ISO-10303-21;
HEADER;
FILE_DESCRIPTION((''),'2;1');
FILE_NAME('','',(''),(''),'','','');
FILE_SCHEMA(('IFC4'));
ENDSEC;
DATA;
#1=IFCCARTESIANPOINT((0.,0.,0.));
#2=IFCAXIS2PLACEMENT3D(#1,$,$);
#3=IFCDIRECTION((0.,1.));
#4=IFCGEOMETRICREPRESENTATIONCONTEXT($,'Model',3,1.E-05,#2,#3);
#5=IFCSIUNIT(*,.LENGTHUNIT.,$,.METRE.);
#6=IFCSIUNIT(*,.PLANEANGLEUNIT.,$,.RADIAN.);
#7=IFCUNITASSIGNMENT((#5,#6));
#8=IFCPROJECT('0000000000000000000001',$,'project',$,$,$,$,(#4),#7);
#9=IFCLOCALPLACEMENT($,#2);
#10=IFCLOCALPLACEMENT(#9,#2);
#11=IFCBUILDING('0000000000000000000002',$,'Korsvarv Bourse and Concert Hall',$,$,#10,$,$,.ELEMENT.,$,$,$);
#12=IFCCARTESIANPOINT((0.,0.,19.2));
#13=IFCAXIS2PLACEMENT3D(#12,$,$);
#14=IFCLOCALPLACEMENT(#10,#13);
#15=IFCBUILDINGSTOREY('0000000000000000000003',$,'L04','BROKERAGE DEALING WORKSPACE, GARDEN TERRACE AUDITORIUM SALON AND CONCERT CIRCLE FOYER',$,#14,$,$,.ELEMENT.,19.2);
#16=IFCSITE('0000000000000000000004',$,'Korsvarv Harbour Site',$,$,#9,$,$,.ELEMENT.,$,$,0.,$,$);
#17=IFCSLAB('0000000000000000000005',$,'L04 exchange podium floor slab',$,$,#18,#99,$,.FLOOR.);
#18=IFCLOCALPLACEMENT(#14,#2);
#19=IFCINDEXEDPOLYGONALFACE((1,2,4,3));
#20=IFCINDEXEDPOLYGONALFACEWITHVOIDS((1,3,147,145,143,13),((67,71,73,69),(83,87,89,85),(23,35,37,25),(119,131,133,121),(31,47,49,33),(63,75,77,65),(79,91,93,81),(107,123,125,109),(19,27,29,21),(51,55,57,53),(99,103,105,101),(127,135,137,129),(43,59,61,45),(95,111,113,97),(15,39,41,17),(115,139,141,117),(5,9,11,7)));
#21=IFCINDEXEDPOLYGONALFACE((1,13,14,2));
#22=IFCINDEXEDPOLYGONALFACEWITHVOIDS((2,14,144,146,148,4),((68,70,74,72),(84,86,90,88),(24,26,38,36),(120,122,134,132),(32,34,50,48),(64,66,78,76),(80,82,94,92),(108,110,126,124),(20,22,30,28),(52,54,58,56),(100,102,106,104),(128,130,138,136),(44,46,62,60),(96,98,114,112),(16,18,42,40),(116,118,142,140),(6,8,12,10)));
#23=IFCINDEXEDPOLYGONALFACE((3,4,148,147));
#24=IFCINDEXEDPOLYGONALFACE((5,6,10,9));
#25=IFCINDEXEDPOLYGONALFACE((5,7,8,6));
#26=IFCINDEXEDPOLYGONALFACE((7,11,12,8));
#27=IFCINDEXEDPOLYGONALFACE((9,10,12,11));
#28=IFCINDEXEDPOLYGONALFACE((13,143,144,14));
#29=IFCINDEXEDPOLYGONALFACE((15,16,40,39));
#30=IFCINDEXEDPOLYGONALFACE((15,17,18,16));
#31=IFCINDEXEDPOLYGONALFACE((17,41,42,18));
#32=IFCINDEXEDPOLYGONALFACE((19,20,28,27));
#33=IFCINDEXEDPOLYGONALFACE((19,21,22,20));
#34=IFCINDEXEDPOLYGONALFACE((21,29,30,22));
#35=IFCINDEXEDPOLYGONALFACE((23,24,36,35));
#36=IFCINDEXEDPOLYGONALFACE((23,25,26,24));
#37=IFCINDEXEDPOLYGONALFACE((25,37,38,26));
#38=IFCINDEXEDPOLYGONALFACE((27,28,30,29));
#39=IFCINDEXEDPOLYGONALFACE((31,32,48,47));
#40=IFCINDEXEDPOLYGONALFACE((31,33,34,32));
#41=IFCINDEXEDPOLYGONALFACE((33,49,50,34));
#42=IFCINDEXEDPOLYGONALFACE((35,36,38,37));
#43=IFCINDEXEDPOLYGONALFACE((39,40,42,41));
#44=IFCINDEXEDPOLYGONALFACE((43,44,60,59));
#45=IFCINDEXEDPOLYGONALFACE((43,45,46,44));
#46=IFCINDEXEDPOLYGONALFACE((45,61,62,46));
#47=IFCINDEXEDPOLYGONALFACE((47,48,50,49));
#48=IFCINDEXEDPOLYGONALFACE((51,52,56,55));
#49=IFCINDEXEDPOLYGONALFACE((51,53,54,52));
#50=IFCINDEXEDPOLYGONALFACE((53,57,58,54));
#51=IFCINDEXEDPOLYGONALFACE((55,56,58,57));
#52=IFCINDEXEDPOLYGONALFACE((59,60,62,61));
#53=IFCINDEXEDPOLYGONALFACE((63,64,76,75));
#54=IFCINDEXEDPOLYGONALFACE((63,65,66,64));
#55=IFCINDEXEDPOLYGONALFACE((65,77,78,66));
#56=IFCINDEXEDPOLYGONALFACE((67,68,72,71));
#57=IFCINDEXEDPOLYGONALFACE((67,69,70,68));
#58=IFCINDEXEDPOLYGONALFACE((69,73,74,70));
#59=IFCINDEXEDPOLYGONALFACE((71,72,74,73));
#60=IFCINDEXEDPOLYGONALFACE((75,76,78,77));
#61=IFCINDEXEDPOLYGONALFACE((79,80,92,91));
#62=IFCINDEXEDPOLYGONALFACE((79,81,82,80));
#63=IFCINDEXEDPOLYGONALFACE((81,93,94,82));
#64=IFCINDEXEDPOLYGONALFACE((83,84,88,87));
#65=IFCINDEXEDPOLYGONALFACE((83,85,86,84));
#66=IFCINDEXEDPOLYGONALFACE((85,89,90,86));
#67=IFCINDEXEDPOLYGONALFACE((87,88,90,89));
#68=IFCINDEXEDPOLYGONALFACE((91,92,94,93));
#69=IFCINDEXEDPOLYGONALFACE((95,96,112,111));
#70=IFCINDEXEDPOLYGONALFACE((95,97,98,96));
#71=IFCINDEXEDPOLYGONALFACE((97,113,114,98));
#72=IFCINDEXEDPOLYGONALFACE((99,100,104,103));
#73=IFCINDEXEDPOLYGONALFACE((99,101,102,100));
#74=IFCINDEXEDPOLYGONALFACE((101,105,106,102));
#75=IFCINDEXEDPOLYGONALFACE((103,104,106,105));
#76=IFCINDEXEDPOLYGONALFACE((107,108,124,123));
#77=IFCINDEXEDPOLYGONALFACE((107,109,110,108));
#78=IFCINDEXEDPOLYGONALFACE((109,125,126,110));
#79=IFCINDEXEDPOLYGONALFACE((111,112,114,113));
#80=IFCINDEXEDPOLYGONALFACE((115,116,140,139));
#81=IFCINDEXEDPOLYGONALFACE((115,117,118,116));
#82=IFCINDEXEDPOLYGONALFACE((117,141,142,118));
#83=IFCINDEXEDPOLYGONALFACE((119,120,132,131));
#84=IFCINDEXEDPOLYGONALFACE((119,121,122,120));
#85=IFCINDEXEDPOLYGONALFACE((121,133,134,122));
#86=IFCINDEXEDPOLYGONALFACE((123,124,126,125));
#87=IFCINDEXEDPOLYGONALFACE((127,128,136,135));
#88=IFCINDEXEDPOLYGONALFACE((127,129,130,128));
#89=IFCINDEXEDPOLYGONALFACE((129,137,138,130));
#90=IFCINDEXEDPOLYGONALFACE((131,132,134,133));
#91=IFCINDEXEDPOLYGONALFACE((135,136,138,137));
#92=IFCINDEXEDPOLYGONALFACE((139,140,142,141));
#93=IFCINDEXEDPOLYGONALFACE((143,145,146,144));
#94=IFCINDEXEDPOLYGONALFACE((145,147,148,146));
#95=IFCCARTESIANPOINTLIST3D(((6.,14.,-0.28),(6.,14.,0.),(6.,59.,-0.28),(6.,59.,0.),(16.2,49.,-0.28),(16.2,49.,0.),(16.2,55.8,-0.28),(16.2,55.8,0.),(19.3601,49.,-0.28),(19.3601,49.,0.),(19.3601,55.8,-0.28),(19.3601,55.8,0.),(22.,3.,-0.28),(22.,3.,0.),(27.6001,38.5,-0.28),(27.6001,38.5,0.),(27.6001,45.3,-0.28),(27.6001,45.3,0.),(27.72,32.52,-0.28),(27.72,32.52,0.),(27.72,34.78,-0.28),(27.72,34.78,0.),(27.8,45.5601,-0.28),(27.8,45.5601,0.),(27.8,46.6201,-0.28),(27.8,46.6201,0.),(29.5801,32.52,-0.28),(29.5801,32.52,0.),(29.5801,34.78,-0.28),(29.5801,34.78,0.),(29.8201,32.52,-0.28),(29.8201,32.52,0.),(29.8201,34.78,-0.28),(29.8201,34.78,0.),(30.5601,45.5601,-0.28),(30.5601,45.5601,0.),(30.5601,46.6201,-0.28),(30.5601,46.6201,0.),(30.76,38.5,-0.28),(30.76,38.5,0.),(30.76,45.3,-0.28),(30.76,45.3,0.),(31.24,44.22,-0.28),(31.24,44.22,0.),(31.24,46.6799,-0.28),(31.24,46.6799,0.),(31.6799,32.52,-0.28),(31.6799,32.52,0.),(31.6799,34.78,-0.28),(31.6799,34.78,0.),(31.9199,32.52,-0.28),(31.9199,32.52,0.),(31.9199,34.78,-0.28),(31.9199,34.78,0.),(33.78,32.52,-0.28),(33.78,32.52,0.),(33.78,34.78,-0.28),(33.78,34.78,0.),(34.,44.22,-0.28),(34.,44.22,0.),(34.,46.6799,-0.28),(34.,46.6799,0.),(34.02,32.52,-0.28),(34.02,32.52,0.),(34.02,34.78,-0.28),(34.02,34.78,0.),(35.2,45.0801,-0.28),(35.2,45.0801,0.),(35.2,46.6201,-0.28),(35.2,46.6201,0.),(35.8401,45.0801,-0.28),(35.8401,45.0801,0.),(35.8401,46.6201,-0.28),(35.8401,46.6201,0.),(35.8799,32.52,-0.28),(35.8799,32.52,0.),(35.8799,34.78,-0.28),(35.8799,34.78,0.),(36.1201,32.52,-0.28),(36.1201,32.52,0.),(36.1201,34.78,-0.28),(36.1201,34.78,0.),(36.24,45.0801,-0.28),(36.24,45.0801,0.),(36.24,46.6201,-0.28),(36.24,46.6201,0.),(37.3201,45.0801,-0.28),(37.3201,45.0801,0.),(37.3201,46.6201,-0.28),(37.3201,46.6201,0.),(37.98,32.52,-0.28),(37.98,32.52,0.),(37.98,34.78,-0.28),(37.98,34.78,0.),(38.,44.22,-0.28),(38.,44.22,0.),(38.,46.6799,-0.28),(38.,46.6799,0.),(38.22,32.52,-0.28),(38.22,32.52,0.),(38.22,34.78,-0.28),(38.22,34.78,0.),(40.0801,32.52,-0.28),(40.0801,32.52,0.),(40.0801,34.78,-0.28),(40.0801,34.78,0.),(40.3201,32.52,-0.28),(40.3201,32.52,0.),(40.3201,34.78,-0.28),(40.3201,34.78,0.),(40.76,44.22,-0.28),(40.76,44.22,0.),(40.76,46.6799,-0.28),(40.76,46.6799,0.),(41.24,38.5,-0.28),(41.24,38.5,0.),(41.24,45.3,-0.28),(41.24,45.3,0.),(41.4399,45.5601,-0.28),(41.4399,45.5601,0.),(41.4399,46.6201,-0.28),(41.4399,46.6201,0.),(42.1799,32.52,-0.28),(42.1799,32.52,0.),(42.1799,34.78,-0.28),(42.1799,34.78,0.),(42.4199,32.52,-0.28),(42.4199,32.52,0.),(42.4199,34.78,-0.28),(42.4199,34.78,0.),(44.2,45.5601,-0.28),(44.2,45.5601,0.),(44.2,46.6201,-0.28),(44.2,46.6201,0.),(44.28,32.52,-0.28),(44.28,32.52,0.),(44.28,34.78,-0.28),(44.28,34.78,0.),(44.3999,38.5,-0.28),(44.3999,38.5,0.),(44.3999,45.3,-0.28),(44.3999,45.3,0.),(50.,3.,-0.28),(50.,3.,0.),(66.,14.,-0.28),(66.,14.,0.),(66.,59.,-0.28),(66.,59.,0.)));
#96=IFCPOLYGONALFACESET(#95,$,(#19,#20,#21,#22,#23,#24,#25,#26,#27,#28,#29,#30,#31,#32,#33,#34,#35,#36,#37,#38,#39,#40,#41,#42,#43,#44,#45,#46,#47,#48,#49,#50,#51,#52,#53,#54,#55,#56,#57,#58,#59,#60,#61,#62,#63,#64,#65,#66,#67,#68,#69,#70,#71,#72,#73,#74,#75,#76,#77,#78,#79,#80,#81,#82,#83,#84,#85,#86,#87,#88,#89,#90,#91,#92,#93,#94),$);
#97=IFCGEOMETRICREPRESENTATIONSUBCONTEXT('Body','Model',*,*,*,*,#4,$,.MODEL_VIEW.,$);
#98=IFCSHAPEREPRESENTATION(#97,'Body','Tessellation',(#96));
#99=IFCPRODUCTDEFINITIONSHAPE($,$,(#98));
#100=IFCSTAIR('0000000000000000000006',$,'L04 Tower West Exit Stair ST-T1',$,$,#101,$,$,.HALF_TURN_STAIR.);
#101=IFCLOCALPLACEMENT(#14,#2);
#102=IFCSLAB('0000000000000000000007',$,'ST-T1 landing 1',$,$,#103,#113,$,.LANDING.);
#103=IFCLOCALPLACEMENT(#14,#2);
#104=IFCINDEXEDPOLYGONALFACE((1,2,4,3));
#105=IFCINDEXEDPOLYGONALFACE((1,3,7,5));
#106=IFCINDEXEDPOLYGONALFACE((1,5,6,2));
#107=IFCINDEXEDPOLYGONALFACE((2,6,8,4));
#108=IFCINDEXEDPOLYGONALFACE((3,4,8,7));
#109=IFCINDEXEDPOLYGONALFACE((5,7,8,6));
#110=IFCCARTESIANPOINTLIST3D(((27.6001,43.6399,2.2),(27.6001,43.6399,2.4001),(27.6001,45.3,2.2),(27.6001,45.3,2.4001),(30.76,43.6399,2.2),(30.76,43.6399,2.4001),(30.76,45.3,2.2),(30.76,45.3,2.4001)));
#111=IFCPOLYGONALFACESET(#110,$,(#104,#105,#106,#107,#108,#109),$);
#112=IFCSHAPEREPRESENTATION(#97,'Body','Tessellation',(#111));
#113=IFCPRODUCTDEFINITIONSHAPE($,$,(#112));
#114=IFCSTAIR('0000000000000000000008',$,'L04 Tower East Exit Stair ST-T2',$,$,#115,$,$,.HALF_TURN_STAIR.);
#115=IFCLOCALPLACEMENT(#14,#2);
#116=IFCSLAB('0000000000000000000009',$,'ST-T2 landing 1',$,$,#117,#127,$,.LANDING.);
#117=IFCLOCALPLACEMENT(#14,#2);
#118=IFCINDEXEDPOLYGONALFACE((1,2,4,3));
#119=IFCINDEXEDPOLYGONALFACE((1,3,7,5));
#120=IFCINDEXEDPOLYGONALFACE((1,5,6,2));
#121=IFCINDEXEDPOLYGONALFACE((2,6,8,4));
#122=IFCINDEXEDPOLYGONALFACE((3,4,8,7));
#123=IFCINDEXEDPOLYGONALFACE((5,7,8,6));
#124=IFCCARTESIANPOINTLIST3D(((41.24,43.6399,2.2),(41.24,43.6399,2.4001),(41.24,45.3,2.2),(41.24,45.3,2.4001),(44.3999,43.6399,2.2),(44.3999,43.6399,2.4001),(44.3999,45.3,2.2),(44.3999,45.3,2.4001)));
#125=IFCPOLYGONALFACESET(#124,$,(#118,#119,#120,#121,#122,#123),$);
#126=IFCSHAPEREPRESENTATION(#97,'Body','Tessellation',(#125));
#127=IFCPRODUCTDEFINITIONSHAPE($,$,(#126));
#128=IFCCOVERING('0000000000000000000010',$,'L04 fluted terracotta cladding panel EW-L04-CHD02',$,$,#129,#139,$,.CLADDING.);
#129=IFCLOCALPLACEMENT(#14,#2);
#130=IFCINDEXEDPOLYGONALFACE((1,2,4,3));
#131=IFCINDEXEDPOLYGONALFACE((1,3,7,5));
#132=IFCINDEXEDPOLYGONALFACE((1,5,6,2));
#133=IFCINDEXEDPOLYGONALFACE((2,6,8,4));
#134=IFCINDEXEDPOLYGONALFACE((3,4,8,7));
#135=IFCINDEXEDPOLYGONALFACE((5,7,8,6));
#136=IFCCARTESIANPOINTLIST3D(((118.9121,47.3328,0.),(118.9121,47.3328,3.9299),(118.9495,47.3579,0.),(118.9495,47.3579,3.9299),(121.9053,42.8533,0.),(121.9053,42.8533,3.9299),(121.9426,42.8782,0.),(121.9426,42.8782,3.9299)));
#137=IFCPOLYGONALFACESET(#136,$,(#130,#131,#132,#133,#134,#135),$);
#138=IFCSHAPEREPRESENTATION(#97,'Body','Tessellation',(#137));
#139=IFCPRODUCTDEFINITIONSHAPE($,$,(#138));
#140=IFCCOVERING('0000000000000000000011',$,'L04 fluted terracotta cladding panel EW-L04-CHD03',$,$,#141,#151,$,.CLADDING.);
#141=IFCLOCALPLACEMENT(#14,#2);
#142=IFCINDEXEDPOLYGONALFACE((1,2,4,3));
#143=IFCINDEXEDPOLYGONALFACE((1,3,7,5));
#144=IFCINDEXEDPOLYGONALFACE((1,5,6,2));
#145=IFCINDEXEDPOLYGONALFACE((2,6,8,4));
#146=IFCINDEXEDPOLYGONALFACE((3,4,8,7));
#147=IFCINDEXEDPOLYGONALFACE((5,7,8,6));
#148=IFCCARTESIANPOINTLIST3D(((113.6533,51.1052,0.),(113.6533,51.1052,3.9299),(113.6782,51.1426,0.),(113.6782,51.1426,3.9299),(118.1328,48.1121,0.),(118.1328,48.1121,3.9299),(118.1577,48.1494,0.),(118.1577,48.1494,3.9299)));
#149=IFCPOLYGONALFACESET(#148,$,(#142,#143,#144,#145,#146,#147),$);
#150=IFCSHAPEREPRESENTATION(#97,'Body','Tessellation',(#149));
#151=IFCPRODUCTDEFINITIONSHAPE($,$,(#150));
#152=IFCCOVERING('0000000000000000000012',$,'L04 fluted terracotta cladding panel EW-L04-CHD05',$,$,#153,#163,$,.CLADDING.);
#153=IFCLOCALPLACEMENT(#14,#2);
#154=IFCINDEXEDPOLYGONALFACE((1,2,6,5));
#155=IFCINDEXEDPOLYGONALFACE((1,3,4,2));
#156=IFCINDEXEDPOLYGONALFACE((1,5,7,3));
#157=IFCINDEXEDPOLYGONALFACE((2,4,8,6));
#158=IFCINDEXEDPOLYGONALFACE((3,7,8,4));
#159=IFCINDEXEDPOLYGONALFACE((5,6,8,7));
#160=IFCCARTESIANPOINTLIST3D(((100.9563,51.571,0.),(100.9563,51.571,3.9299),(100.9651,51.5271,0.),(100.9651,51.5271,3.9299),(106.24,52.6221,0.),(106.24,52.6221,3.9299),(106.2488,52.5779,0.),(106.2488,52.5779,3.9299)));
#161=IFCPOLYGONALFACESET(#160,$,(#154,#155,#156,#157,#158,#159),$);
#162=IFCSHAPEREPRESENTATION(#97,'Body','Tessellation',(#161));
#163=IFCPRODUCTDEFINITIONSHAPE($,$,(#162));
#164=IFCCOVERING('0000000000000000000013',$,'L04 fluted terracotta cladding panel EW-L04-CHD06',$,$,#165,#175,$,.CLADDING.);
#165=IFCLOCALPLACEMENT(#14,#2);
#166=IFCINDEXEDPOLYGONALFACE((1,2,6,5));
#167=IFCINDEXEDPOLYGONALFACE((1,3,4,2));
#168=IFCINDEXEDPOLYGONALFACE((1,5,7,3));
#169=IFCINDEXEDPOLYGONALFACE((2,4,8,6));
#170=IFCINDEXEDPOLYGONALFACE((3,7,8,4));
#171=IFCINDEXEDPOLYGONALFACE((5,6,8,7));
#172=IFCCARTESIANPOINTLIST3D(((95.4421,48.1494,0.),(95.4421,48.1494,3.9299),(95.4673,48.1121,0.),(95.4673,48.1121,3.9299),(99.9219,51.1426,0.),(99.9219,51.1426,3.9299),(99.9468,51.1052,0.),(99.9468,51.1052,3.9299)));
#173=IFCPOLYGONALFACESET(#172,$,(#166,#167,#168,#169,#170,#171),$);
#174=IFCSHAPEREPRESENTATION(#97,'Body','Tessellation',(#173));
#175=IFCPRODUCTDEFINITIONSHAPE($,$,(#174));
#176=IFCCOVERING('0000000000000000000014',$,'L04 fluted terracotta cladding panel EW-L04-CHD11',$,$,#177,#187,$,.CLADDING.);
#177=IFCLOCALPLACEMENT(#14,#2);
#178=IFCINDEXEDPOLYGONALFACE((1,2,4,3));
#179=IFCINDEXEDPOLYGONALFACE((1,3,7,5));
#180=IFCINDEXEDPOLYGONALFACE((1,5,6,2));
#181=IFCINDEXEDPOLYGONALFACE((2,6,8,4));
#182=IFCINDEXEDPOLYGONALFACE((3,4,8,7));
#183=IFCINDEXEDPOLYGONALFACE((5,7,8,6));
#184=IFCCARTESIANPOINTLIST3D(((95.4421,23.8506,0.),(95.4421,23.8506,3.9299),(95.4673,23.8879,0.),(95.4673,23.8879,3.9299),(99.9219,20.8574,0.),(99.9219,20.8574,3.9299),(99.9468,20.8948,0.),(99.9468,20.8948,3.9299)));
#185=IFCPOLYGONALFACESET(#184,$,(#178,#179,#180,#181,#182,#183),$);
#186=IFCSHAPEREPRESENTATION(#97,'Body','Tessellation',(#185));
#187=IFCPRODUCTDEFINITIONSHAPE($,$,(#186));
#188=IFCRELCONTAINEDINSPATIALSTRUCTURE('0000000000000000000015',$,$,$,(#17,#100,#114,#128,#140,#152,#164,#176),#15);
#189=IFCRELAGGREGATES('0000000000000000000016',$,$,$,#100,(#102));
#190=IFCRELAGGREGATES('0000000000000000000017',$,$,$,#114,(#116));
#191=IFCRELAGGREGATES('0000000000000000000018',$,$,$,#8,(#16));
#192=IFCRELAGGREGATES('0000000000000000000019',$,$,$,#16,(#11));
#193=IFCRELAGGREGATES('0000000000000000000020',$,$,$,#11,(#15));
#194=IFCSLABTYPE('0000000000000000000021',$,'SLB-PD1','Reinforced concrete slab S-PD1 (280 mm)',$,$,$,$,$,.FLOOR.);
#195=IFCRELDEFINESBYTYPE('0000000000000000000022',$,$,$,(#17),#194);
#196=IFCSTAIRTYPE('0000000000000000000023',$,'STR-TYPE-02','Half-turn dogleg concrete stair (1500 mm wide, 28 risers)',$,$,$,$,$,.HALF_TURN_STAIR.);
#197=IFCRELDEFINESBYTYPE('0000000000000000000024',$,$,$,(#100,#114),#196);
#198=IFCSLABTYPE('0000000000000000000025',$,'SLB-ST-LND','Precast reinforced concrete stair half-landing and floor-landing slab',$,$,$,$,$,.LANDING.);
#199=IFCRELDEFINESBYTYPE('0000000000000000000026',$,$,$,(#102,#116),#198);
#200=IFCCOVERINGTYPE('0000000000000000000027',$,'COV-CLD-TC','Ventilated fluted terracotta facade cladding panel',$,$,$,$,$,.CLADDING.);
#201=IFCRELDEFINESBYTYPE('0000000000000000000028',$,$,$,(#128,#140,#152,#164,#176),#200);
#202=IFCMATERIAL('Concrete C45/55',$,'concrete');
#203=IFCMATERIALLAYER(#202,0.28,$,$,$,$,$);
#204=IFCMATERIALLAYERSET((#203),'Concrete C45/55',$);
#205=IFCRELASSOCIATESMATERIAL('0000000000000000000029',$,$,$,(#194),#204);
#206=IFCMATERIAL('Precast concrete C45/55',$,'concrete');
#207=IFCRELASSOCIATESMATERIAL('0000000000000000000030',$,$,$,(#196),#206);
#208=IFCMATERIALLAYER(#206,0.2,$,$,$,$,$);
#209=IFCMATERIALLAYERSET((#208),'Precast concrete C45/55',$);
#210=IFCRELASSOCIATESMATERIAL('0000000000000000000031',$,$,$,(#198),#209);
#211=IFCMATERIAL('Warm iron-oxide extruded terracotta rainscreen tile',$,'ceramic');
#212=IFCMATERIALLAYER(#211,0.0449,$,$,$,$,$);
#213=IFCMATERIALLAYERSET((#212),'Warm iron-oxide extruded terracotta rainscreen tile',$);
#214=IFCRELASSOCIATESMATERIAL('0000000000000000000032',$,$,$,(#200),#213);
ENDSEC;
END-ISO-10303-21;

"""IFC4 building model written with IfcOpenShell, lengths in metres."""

from ifc_helpers import new_model, si_unit, direction, frame, origin, place, context, subcontext, project, spatial, polyline, outline, extrude, material, layer, layer_set, type_object, element, aggregate, save


model = new_model("IFC4")

# Units and contexts
model_context = context("Model", 3, precision=1e-05, world=origin(), true_north=direction((0.0, 1.0)))
body_context = subcontext(model_context, "Body", "Model", "MODEL_VIEW")
ifc_project = project(units=[si_unit("LENGTHUNIT", "METRE"), si_unit("PLANEANGLEUNIT", "RADIAN")], contexts=[model_context])

# Site, building, storey
site_placement = place(None, origin())
site = spatial("IfcSite", under=ifc_project, at=site_placement, Name="Korsvarv Harbour Site", CompositionType="ELEMENT", RefElevation=0.0)
building_placement = place(site_placement, origin())
building = spatial("IfcBuilding", under=site, at=building_placement, Name="Korsvarv Bourse and Concert Hall", CompositionType="ELEMENT")
storey_placement = place(building_placement, frame((0.0, 0.0, 19.2)))
storey = spatial("IfcBuildingStorey", under=building, at=storey_placement, Name="L04", Description="BROKERAGE DEALING WORKSPACE, GARDEN TERRACE AUDITORIUM SALON AND CONCERT CIRCLE FOYER", CompositionType="ELEMENT", Elevation=19.2)

# Slab
ifc_material_1 = material(Name="Concrete C45/55", Category="concrete")
ifc_material_2 = material(Name="Precast concrete C45/55", Category="concrete")
ifc_layer_1 = layer(ifc_material_1, 0.28)
ifc_layer_set_1 = layer_set([ifc_layer_1], Name="Concrete C45/55")
slab_type_1 = type_object("IfcSlabType", Name="SLB-PD1", Description="Reinforced concrete slab S-PD1 (280 mm)", PredefinedType="FLOOR", material=ifc_layer_set_1)
slab_1_placement = place(storey_placement, frame((0.0, 0.0, -0.28)))
element("IfcSlab", 1, at=slab_1_placement, inside=storey, type_object=slab_type_1, Name="L04 exchange podium floor slab", PredefinedType="FLOOR", context=body_context, shape_type="SweptSolid", body=[
    extrude(outline(polyline([(6.0, 14.0), (22.0, 3.0), (50.0, 3.0), (66.0, 14.0), (66.0, 59.0), (6.0, 59.0), (6.0, 14.0)]), holes=[polyline([(30.76, 38.5), (30.76, 45.3), (27.6001, 45.3), (27.6001, 38.5), (30.76, 38.5)]), polyline([(44.3999, 38.5), (44.3999, 45.3), (41.24, 45.3), (41.24, 38.5), (44.3999, 38.5)]), polyline([(19.3601, 49.0), (19.3601, 55.8), (16.2, 55.8), (16.2, 49.0), (19.3601, 49.0)]), polyline([(31.24, 44.22), (34.0, 44.22), (34.0, 46.6799), (31.24, 46.6799), (31.24, 44.22)]), polyline([(38.0, 44.22), (40.76, 44.22), (40.76, 46.6799), (38.0, 46.6799), (38.0, 44.22)]), polyline([(27.72, 32.52), (29.5801, 32.52), (29.5801, 34.78), (27.72, 34.78), (27.72, 32.52)]), polyline([(29.8201, 32.52), (31.6799, 32.52), (31.6799, 34.78), (29.8201, 34.78), (29.8201, 32.52)]), polyline([(31.9199, 32.52), (33.78, 32.52), (33.78, 34.78), (31.9199, 34.78), (31.9199, 32.52)]), polyline([(34.02, 32.52), (35.8799, 32.52), (35.8799, 34.78), (34.02, 34.78), (34.02, 32.52)]), polyline([(36.1201, 32.52), (37.98, 32.52), (37.98, 34.78), (36.1201, 34.78), (36.1201, 32.52)]), polyline([(38.22, 32.52), (40.0801, 32.52), (40.0801, 34.78), (38.22, 34.78), (38.22, 32.52)]), polyline([(40.3201, 32.52), (42.1799, 32.52), (42.1799, 34.78), (40.3201, 34.78), (40.3201, 32.52)]), polyline([(42.4199, 32.52), (44.28, 32.52), (44.28, 34.78), (42.4199, 34.78), (42.4199, 32.52)]), polyline([(27.8, 45.5601), (30.5601, 45.5601), (30.5601, 46.6201), (27.8, 46.6201), (27.8, 45.5601)]), polyline([(41.4399, 45.5601), (44.2, 45.5601), (44.2, 46.6201), (41.4399, 46.6201), (41.4399, 45.5601)]), polyline([(35.2, 45.0801), (35.8401, 45.0801), (35.8401, 46.6201), (35.2, 46.6201), (35.2, 45.0801)]), polyline([(36.24, 45.0801), (37.3201, 45.0801), (37.3201, 46.6201), (36.24, 46.6201), (36.24, 45.0801)])]), origin(), (0.0, 0.0, 1.0), 0.28),
])

# Stairs, slabs
stair_type = type_object("IfcStairType", Name="STR-TYPE-02", Description="Half-turn dogleg concrete stair (1500 mm wide, 28 risers)", PredefinedType="HALF_TURN_STAIR", material=ifc_material_2)
stair_1_placement = place(storey_placement, origin())
stair_1 = element("IfcStair", 2, at=stair_1_placement, inside=storey, type_object=stair_type, Name="L04 Tower West Exit Stair ST-T1", PredefinedType="HALF_TURN_STAIR")
ifc_layer_2 = layer(ifc_material_2, 0.2)
ifc_layer_set_2 = layer_set([ifc_layer_2], Name="Precast concrete C45/55")
slab_type_2 = type_object("IfcSlabType", Name="SLB-ST-LND", Description="Precast reinforced concrete stair half-landing and floor-landing slab", PredefinedType="LANDING", material=ifc_layer_set_2)
slab_2_placement = place(storey_placement, frame((0.0, 0.0, 2.2)))
slab_2 = element("IfcSlab", 3, at=slab_2_placement, type_object=slab_type_2, Name="ST-T1 landing 1", PredefinedType="LANDING", context=body_context, shape_type="SweptSolid", body=[
    extrude(outline(polyline([(30.76, 43.6399), (30.76, 45.3), (27.6001, 45.3), (27.6001, 43.6399), (30.76, 43.6399)])), origin(), (0.0, 0.0, 1.0), 0.2002),
])
aggregate(stair_1, [slab_2])
stair_2_placement = place(storey_placement, origin())
stair_2 = element("IfcStair", 4, at=stair_2_placement, inside=storey, type_object=stair_type, Name="L04 Tower East Exit Stair ST-T2", PredefinedType="HALF_TURN_STAIR")
slab_3_placement = place(storey_placement, frame((0.0, 0.0, 2.2)))
slab_3 = element("IfcSlab", 5, at=slab_3_placement, type_object=slab_type_2, Name="ST-T2 landing 1", PredefinedType="LANDING", context=body_context, shape_type="SweptSolid", body=[
    extrude(outline(polyline([(44.3999, 43.6399), (44.3999, 45.3), (41.24, 45.3), (41.24, 43.6399), (44.3999, 43.6399)])), origin(), (0.0, 0.0, 1.0), 0.2002),
])
aggregate(stair_2, [slab_3])

# Coverings
ifc_material_3 = material(Name="Warm iron-oxide extruded terracotta rainscreen tile", Category="ceramic")
ifc_layer_3 = layer(ifc_material_3, 0.0449)
ifc_layer_set_3 = layer_set([ifc_layer_3], Name="Warm iron-oxide extruded terracotta rainscreen tile")
covering_type = type_object("IfcCoveringType", Name="COV-CLD-TC", Description="Ventilated fluted terracotta facade cladding panel", PredefinedType="CLADDING", material=ifc_layer_set_3)
covering_1_placement = place(storey_placement, origin())
element("IfcCovering", 6, at=covering_1_placement, inside=storey, type_object=covering_type, Name="L04 fluted terracotta cladding panel EW-L04-CHD02", PredefinedType="CLADDING", context=body_context, shape_type="SweptSolid", body=[
    extrude(outline(polyline([(121.9053, 42.8533), (118.9121, 47.3328), (118.9495, 47.3579), (121.9426, 42.8782), (121.9053, 42.8533)])), origin(), (0.0, 0.0, 1.0), 3.9299),
])
covering_2_placement = place(storey_placement, origin())
element("IfcCovering", 7, at=covering_2_placement, inside=storey, type_object=covering_type, Name="L04 fluted terracotta cladding panel EW-L04-CHD03", PredefinedType="CLADDING", context=body_context, shape_type="SweptSolid", body=[
    extrude(outline(polyline([(118.1328, 48.1121), (113.6533, 51.1052), (113.6782, 51.1426), (118.1577, 48.1494), (118.1328, 48.1121)])), origin(), (0.0, 0.0, 1.0), 3.9299),
])
covering_3_placement = place(storey_placement, origin())
element("IfcCovering", 8, at=covering_3_placement, inside=storey, type_object=covering_type, Name="L04 fluted terracotta cladding panel EW-L04-CHD05", PredefinedType="CLADDING", context=body_context, shape_type="SweptSolid", body=[
    extrude(outline(polyline([(106.2488, 52.5779), (100.9651, 51.5271), (100.9563, 51.571), (106.24, 52.6221), (106.2488, 52.5779)])), origin(), (0.0, 0.0, 1.0), 3.9299),
])
covering_4_placement = place(storey_placement, origin())
element("IfcCovering", 9, at=covering_4_placement, inside=storey, type_object=covering_type, Name="L04 fluted terracotta cladding panel EW-L04-CHD06", PredefinedType="CLADDING", context=body_context, shape_type="SweptSolid", body=[
    extrude(outline(polyline([(99.9468, 51.1052), (95.4673, 48.1121), (95.4421, 48.1494), (99.9219, 51.1426), (99.9468, 51.1052)])), origin(), (0.0, 0.0, 1.0), 3.9299),
])
covering_5_placement = place(storey_placement, origin())
element("IfcCovering", 10, at=covering_5_placement, inside=storey, type_object=covering_type, Name="L04 fluted terracotta cladding panel EW-L04-CHD11", PredefinedType="CLADDING", context=body_context, shape_type="SweptSolid", body=[
    extrude(outline(polyline([(95.4673, 23.8879), (99.9468, 20.8948), (99.9219, 20.8574), (95.4421, 23.8506), (95.4673, 23.8879)])), origin(), (0.0, 0.0, 1.0), 3.9299),
])

save(model, "model.ifc")
